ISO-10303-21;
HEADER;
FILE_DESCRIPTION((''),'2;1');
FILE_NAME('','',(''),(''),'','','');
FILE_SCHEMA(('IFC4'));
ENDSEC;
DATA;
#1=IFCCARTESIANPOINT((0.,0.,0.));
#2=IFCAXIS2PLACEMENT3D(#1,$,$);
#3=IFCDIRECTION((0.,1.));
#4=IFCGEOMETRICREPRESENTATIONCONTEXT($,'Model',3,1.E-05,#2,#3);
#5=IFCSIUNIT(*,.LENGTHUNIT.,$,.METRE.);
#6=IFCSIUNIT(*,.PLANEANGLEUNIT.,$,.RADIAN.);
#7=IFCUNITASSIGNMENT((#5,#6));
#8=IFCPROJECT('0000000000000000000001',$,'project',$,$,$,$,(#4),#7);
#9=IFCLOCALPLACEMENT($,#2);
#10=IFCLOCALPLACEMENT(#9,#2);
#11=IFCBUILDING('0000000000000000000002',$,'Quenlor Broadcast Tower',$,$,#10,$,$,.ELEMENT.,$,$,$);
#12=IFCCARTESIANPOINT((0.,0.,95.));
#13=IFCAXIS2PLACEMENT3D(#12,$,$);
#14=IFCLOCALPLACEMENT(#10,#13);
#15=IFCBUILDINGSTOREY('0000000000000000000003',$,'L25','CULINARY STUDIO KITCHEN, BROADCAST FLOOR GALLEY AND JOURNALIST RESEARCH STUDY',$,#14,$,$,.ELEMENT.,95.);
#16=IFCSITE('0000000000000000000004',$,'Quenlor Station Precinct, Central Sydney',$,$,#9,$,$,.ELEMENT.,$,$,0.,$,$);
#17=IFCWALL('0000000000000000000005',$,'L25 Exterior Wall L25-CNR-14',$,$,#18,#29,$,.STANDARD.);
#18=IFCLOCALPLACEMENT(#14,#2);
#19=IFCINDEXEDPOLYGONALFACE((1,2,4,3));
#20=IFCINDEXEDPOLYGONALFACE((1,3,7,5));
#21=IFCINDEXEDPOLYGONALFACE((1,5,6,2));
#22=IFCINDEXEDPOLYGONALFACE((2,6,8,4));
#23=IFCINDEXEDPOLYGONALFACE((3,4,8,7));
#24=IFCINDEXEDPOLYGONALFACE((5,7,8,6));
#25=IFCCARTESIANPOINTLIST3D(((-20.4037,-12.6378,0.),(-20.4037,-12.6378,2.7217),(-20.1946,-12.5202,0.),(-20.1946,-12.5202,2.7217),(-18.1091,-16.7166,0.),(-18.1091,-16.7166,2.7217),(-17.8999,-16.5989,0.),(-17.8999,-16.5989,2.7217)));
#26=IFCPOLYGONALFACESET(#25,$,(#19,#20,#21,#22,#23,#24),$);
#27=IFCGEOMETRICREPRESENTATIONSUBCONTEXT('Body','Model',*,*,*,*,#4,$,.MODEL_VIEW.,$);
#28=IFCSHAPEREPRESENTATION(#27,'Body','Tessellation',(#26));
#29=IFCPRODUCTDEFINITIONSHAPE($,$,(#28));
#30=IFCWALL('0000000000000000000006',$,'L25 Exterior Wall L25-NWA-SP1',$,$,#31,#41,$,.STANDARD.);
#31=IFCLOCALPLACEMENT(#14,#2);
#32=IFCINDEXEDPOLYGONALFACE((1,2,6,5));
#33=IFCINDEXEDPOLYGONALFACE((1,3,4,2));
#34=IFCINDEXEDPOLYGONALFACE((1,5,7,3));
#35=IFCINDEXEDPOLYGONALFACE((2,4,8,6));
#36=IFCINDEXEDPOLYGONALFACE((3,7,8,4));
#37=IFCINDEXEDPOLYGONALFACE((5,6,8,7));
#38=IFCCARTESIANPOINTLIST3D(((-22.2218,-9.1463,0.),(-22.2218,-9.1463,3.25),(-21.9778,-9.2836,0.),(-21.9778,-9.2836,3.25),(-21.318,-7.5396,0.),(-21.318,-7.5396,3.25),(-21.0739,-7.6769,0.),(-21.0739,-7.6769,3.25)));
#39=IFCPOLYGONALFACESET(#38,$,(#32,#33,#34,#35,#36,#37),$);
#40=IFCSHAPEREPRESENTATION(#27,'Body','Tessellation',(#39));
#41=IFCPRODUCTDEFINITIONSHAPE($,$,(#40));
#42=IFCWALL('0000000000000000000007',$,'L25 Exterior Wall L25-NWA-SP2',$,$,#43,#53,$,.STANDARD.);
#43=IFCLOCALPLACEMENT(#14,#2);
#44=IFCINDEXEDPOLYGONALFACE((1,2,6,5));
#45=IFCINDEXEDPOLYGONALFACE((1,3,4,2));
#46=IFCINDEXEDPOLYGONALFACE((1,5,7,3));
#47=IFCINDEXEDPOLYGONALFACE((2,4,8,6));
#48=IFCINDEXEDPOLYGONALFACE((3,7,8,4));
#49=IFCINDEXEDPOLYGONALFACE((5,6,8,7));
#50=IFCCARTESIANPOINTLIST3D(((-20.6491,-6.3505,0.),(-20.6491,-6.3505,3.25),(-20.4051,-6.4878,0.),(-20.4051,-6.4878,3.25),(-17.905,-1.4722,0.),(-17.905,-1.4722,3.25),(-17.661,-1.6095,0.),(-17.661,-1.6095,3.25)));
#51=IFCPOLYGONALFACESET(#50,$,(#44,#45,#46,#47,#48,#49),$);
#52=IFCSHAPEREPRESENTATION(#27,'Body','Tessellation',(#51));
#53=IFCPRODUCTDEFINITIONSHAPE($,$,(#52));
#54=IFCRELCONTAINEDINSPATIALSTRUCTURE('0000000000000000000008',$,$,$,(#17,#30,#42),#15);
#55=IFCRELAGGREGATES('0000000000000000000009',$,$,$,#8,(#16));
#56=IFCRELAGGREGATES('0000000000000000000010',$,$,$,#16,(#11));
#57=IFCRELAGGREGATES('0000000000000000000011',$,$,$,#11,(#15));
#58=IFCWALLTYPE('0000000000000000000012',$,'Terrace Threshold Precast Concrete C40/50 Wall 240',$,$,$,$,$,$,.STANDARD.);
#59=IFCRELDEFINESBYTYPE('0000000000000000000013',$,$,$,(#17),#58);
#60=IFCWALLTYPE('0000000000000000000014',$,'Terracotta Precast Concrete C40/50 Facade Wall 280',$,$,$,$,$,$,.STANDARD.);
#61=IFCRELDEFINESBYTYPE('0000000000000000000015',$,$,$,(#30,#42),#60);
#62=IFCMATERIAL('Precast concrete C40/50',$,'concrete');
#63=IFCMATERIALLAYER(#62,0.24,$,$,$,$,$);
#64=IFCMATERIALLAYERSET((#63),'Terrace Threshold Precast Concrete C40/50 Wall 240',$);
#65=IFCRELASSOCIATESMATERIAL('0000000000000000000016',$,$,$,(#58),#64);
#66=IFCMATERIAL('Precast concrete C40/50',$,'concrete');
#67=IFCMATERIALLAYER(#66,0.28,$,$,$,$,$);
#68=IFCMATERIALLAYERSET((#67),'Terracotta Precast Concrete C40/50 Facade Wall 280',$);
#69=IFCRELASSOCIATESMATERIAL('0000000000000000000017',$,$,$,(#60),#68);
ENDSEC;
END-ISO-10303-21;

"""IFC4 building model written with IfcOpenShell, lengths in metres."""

from ifc_helpers import new_model, si_unit, direction, frame, frame_2d, origin, place, context, subcontext, project, spatial, rectangle, extrude, material, layer, layer_set, type_object, element, save


model = new_model("IFC4")

# Units and contexts
model_context = context("Model", 3, precision=1e-05, world=origin(), true_north=direction((0.0, 1.0)))
body_context = subcontext(model_context, "Body", "Model", "MODEL_VIEW")
ifc_project = project(units=[si_unit("LENGTHUNIT", "METRE"), si_unit("PLANEANGLEUNIT", "RADIAN")], contexts=[model_context])

# Site, building, storey
site_placement = place(None, origin())
site = spatial("IfcSite", under=ifc_project, at=site_placement, Name="Quenlor Station Precinct, Central Sydney", CompositionType="ELEMENT", RefElevation=0.0)
building_placement = place(site_placement, origin())
building = spatial("IfcBuilding", under=site, at=building_placement, Name="Quenlor Broadcast Tower", CompositionType="ELEMENT")
storey_placement = place(building_placement, frame((0.0, 0.0, 95.0)))
storey = spatial("IfcBuildingStorey", under=building, at=storey_placement, Name="L25", Description="CULINARY STUDIO KITCHEN, BROADCAST FLOOR GALLEY AND JOURNALIST RESEARCH STUDY", CompositionType="ELEMENT", Elevation=95.0)

# Walls
ifc_material_1 = material(Name="Precast concrete C40/50", Category="concrete")
ifc_layer_1 = layer(ifc_material_1, 0.24)
ifc_layer_set_1 = layer_set([ifc_layer_1], Name="Terrace Threshold Precast Concrete C40/50 Wall 240")
wall_type_1 = type_object("IfcWallType", Name="Terrace Threshold Precast Concrete C40/50 Wall 240", PredefinedType="STANDARD", material=ifc_layer_set_1)
wall_1_placement = place(storey_placement, frame((-20.2991, -12.5791, 0.0), z_axis=(0.0, 0.0, 1.0), x_axis=(0.490313, -0.871546, 0.0)))
element("IfcWall", 1, at=wall_1_placement, inside=storey, type_object=wall_type_1, Name="L25 Exterior Wall L25-CNR-14", PredefinedType="STANDARD", context=body_context, shape_type="SweptSolid", body=[
    extrude(rectangle(XDim=4.6799, YDim=0.24, at=frame_2d((2.3398, 0.0))), origin(), (0.0, 0.0, 1.0), 2.7217),
])
ifc_material_2 = material(Name="Precast concrete C40/50", Category="concrete")
ifc_layer_2 = layer(ifc_material_2, 0.28)
ifc_layer_set_2 = layer_set([ifc_layer_2], Name="Terracotta Precast Concrete C40/50 Facade Wall 280")
wall_type_2 = type_object("IfcWallType", Name="Terracotta Precast Concrete C40/50 Facade Wall 280", PredefinedType="STANDARD", material=ifc_layer_set_2)
wall_2_placement = place(storey_placement, frame((-22.0999, -9.2151, 0.0), z_axis=(0.0, 0.0, 1.0), x_axis=(0.49028, 0.871565, 0.0)))
element("IfcWall", 2, at=wall_2_placement, inside=storey, type_object=wall_type_2, Name="L25 Exterior Wall L25-NWA-SP1", PredefinedType="STANDARD", context=body_context, shape_type="SweptSolid", body=[
    extrude(rectangle(XDim=1.8435, YDim=0.28, at=frame_2d((0.9219, 0.0))), origin(), (0.0, 0.0, 1.0), 3.25),
])
wall_3_placement = place(storey_placement, frame((-20.5271, -6.4192, 0.0), z_axis=(0.0, 0.0, 1.0), x_axis=(0.490265, 0.871573, 0.0)))
element("IfcWall", 3, at=wall_3_placement, inside=storey, type_object=wall_type_2, Name="L25 Exterior Wall L25-NWA-SP2", PredefinedType="STANDARD", context=body_context, shape_type="SweptSolid", body=[
    extrude(rectangle(XDim=5.5972, YDim=0.28, at=frame_2d((2.7986, 0.0))), origin(), (0.0, 0.0, 1.0), 3.25),
])

save(model, "model.ifc")
